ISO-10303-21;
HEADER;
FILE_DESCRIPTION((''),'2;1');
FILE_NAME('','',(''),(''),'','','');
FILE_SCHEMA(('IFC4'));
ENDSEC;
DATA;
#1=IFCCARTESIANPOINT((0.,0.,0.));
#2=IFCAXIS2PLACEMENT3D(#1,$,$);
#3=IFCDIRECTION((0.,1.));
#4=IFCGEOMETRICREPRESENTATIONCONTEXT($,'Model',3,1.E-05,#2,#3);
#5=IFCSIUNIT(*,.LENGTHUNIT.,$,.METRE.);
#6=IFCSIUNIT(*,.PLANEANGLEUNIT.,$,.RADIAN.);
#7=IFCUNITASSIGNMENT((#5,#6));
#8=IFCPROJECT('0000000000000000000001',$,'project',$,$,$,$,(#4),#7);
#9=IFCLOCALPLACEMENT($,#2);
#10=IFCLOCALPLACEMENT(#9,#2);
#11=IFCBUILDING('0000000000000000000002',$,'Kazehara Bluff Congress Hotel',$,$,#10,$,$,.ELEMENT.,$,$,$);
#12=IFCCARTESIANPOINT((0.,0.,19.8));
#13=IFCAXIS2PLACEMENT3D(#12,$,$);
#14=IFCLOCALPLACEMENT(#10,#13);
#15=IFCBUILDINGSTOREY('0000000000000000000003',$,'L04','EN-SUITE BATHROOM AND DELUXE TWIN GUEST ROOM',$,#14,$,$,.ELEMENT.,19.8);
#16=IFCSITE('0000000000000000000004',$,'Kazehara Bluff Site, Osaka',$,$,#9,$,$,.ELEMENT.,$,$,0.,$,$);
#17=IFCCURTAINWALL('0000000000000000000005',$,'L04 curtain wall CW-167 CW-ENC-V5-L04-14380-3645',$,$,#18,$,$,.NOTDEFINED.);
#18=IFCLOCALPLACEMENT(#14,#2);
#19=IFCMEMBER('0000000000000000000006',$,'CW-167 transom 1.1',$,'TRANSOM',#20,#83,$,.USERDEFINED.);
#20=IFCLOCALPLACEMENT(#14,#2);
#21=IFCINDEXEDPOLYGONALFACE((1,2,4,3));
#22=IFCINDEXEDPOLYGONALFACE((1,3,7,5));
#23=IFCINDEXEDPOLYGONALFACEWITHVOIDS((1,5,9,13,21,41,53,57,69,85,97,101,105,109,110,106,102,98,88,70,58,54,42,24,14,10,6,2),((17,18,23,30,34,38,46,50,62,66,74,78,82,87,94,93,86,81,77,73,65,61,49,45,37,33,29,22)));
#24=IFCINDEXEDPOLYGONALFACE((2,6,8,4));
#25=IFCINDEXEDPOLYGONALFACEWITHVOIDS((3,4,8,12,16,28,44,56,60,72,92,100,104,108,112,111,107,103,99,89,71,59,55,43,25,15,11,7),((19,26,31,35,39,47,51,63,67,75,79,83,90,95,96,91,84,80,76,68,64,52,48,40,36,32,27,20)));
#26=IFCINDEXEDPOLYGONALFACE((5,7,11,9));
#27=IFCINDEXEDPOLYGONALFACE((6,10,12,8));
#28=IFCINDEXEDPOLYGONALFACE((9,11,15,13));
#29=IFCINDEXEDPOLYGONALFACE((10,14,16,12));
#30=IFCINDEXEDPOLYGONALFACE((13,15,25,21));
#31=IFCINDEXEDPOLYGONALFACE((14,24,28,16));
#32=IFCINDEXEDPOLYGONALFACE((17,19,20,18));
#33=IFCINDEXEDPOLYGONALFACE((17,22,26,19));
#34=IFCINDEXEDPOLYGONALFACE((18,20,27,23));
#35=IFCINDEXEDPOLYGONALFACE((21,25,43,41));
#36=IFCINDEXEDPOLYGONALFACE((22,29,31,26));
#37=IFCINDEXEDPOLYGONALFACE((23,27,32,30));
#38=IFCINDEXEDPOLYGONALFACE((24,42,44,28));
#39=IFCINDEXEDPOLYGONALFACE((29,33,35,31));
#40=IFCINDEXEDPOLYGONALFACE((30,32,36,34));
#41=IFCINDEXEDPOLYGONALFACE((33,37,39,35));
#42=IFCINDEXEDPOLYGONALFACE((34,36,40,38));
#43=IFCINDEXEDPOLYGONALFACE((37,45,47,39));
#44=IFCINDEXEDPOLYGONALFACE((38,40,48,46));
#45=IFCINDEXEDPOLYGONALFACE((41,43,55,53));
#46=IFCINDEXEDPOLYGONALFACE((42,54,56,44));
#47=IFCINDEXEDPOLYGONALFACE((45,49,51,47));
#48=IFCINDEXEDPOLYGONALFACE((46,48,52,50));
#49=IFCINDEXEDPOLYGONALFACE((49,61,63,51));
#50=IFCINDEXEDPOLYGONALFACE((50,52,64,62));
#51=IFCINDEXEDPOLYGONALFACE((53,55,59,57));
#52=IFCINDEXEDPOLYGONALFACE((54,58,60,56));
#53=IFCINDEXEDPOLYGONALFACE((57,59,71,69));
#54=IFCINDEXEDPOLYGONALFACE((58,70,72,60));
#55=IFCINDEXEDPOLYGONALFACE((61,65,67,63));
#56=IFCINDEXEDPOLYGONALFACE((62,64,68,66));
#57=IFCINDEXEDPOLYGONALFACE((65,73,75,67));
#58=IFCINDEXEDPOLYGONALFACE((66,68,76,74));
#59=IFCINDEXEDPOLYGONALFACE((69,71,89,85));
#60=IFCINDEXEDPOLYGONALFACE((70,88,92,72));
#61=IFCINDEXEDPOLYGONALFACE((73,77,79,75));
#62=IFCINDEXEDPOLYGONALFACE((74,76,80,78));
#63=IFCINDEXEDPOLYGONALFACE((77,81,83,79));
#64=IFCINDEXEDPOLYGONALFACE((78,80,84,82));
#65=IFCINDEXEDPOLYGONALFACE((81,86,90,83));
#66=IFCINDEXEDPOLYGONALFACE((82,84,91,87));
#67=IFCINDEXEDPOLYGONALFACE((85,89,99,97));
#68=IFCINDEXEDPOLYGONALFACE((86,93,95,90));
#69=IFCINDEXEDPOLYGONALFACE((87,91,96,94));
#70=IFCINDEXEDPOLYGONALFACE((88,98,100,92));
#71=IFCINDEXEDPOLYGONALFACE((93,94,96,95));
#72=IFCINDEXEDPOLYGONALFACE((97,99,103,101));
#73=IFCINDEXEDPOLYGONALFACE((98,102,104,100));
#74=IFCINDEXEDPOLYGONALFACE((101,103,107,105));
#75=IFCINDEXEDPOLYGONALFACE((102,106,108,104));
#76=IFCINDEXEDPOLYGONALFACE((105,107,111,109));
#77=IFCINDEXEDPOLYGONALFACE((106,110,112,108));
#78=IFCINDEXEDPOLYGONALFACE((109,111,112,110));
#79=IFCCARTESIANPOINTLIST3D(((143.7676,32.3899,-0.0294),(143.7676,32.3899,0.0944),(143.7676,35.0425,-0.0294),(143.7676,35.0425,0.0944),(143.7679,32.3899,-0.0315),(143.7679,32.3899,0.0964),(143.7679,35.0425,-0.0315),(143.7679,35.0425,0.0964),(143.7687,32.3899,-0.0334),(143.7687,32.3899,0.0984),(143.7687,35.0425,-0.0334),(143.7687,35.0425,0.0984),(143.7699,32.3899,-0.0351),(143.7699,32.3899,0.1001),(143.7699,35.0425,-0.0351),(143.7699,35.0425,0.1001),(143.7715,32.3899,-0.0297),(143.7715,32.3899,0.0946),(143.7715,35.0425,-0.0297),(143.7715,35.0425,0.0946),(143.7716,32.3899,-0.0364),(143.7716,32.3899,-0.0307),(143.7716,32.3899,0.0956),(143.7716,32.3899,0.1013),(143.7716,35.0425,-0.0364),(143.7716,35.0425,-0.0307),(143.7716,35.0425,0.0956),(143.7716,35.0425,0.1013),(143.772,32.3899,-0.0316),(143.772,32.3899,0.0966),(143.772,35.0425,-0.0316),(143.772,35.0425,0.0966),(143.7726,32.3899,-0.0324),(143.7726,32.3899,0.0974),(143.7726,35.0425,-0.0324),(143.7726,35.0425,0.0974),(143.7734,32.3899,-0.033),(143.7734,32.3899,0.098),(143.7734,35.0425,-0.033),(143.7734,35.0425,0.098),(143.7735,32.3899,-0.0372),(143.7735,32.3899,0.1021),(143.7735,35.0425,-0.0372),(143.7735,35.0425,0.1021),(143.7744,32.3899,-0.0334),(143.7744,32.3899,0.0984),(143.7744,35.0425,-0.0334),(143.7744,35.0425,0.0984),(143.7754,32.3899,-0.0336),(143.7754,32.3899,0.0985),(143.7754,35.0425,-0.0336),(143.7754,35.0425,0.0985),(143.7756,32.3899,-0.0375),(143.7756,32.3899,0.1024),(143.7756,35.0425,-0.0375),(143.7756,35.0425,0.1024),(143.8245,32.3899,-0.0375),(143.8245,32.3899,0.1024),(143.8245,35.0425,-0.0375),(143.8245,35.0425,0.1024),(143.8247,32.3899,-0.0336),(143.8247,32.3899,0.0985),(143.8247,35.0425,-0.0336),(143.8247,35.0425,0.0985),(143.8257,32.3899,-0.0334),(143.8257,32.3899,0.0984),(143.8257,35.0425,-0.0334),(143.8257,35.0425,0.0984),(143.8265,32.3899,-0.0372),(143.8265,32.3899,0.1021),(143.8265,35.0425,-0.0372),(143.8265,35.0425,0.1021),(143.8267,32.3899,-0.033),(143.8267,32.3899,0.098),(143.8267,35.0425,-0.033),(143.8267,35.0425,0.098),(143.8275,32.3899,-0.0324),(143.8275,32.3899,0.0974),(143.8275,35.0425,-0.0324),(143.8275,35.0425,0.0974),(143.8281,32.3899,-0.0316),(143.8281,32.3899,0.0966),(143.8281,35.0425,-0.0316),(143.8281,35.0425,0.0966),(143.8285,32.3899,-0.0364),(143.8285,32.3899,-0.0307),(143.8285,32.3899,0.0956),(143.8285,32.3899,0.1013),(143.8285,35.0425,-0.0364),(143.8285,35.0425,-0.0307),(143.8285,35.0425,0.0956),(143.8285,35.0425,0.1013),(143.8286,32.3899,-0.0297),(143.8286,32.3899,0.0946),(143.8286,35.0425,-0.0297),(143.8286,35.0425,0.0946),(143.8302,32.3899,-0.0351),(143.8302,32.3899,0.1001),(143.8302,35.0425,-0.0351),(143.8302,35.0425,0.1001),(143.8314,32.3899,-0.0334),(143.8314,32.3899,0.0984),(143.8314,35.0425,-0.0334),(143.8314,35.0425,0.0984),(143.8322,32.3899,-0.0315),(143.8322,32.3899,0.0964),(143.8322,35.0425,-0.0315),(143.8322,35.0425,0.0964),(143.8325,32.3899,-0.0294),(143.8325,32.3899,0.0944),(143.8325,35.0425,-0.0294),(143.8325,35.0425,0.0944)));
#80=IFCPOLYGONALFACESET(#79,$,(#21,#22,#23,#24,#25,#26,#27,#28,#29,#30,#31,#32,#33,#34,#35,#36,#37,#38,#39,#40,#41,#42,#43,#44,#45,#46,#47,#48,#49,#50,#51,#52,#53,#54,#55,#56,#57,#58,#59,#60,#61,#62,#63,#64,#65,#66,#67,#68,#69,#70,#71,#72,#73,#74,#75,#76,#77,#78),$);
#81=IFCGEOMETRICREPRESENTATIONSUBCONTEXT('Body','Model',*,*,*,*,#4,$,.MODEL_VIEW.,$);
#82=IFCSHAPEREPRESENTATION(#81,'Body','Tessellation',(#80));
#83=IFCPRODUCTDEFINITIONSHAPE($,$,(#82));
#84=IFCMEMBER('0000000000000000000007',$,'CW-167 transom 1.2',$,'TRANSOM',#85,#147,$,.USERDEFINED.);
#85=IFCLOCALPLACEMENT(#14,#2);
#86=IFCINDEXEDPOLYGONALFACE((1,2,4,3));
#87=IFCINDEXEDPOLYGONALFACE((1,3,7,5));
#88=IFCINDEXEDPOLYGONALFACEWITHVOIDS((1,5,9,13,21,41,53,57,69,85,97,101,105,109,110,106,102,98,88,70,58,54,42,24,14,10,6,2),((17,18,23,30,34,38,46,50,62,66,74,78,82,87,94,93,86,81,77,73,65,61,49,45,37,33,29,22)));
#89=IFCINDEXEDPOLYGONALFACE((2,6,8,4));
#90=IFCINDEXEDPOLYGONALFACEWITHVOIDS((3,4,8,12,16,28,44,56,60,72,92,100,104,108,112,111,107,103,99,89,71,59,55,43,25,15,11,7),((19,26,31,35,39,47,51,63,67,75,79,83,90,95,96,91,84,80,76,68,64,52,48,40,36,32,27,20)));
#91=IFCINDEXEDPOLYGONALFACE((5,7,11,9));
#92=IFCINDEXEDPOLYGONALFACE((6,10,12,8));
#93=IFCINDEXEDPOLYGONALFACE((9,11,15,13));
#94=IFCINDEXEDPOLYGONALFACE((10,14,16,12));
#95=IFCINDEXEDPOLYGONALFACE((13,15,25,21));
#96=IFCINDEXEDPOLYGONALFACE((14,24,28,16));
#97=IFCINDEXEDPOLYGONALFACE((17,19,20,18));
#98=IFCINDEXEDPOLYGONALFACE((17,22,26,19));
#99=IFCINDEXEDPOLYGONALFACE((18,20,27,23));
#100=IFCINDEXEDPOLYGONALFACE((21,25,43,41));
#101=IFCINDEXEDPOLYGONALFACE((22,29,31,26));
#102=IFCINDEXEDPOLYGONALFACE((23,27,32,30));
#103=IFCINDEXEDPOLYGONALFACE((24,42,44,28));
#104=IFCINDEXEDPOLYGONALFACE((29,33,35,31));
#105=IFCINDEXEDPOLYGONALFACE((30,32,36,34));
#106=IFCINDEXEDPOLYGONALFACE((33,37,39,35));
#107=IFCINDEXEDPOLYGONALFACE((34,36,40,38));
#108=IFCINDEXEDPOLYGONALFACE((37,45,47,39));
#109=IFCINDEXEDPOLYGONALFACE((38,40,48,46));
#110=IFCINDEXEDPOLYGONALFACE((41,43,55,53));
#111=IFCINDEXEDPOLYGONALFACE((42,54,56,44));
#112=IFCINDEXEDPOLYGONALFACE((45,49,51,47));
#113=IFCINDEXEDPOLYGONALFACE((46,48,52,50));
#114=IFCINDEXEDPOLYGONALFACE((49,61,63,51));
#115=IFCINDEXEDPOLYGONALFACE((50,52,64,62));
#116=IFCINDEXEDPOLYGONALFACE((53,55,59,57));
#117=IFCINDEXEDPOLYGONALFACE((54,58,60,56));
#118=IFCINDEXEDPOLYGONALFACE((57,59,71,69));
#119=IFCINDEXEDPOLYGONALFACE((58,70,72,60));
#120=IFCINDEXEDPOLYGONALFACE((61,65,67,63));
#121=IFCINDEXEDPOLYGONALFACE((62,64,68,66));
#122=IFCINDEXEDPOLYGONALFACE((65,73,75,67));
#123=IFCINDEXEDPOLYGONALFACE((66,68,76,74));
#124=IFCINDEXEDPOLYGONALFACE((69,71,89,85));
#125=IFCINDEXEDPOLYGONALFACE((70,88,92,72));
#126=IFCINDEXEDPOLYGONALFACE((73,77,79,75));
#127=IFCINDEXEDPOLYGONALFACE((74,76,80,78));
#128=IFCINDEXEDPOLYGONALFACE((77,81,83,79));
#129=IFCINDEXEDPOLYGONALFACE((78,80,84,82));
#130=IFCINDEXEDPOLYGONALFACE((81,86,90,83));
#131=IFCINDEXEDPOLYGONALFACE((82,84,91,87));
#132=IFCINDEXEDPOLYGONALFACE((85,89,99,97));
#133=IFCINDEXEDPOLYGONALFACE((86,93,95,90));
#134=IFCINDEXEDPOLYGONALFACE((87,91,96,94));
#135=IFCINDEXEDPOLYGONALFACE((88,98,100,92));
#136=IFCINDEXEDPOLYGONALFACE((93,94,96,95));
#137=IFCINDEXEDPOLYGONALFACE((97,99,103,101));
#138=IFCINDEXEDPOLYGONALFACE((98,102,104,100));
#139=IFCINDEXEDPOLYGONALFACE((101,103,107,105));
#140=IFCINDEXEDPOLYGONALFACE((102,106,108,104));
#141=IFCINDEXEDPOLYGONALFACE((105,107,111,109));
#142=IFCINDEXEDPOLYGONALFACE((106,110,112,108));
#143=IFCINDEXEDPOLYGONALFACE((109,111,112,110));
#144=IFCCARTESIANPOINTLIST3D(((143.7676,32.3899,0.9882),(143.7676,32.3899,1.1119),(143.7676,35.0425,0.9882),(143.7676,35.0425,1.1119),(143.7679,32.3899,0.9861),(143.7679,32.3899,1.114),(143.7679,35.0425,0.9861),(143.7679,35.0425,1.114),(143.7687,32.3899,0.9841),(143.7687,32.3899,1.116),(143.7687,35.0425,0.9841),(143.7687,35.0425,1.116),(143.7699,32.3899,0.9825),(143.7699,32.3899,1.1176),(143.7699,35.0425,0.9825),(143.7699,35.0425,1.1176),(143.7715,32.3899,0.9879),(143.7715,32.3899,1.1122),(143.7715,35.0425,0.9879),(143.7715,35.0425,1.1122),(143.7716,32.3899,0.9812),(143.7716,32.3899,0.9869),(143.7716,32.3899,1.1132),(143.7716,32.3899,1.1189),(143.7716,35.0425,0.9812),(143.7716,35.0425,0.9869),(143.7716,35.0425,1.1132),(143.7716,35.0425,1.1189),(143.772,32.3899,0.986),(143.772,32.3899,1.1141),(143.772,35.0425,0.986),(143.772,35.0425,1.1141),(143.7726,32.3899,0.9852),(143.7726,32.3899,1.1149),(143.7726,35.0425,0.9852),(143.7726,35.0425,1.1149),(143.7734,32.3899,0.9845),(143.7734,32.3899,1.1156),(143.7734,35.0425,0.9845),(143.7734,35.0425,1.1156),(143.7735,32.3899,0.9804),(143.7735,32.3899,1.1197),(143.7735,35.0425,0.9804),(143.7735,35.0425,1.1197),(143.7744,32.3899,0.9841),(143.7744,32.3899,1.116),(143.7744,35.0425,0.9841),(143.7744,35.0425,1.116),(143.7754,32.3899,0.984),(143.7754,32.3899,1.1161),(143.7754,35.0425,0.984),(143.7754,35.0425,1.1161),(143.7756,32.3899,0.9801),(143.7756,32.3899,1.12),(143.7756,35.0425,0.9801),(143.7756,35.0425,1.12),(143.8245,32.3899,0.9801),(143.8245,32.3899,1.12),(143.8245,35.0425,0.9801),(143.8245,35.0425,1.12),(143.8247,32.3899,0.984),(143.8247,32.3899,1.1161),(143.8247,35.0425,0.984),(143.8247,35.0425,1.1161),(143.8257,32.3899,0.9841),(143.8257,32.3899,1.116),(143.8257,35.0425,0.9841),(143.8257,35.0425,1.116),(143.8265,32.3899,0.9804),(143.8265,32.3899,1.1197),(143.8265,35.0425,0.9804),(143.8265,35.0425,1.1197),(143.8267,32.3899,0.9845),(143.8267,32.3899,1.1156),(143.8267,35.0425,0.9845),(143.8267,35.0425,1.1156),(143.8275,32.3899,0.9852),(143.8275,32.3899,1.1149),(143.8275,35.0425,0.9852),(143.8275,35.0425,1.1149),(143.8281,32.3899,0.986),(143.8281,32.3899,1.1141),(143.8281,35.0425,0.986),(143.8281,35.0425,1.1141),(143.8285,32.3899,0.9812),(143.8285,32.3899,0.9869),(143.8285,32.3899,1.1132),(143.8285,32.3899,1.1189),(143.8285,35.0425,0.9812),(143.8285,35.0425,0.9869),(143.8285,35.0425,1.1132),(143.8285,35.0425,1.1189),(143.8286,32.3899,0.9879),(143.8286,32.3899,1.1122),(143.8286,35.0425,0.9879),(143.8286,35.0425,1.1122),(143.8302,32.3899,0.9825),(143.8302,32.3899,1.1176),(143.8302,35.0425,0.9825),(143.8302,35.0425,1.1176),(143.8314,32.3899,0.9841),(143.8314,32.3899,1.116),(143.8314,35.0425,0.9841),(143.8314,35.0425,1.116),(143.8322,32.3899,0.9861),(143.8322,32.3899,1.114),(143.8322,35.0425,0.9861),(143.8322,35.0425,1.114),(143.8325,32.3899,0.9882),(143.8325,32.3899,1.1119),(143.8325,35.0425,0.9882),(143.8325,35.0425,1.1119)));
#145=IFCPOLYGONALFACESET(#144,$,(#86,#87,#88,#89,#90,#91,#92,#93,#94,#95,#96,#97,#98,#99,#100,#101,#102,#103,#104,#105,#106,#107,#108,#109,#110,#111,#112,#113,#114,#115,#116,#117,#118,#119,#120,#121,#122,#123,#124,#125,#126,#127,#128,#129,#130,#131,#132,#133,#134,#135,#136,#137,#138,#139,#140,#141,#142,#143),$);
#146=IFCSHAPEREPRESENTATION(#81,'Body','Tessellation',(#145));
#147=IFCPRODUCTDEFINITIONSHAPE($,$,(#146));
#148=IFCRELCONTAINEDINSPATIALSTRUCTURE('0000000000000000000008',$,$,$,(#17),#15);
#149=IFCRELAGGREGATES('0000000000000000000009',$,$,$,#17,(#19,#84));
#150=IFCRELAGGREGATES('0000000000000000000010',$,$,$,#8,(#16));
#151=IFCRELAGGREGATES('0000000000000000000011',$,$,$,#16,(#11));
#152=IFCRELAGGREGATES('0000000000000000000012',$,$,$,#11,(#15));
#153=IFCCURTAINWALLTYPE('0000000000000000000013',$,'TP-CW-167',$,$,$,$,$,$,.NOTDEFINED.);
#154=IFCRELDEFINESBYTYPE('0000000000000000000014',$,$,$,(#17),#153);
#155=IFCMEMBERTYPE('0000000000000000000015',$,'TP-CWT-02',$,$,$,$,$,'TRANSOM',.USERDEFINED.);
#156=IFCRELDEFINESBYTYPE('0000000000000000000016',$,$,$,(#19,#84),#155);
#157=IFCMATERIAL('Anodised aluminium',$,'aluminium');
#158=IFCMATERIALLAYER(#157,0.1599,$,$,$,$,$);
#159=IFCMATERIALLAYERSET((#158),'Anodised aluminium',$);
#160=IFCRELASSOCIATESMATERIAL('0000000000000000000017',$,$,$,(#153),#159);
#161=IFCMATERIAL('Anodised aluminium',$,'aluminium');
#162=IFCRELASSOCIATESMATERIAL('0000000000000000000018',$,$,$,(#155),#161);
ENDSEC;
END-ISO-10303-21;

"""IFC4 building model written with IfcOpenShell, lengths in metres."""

from ifc_helpers import new_model, si_unit, direction, frame, origin, origin_2d, place, context, subcontext, project, spatial, hollow_rectangle, extrude, material, layer, layer_set, material_profile, profile_set, type_object, element, aggregate, save


model = new_model("IFC4")

# Units and contexts
model_context = context("Model", 3, precision=1e-05, world=origin(), true_north=direction((0.0, 1.0)))
body_context = subcontext(model_context, "Body", "Model", "MODEL_VIEW")
ifc_project = project(units=[si_unit("LENGTHUNIT", "METRE"), si_unit("PLANEANGLEUNIT", "RADIAN")], contexts=[model_context])

# Site, building, storey
site_placement = place(None, origin())
site = spatial("IfcSite", under=ifc_project, at=site_placement, Name="Kazehara Bluff Site, Osaka", CompositionType="ELEMENT", RefElevation=0.0)
building_placement = place(site_placement, origin())
building = spatial("IfcBuilding", under=site, at=building_placement, Name="Kazehara Bluff Congress Hotel", CompositionType="ELEMENT")
storey_placement = place(building_placement, frame((0.0, 0.0, 19.8)))
storey = spatial("IfcBuildingStorey", under=building, at=storey_placement, Name="L04", Description="EN-SUITE BATHROOM AND DELUXE TWIN GUEST ROOM", CompositionType="ELEMENT", Elevation=19.8)

# Curtain wall
ifc_material_1 = material(Name="Anodised aluminium", Category="aluminium")
ifc_layer_1 = layer(ifc_material_1, 0.1599)
ifc_layer_set_1 = layer_set([ifc_layer_1], Name="Anodised aluminium")
curtain_wall_type_1 = type_object("IfcCurtainWallType", Name="TP-CW-167", PredefinedType="NOTDEFINED", material=ifc_layer_set_1)
curtain_wall_1_placement = place(storey_placement, origin())
curtain_wall_1 = element("IfcCurtainWall", 1, at=curtain_wall_1_placement, inside=storey, type_object=curtain_wall_type_1, Name="L04 curtain wall CW-167 CW-ENC-V5-L04-14380-3645", PredefinedType="NOTDEFINED")

# Members
ifc_material_2 = material(Name="Anodised aluminium", Category="aluminium")
ifc_material_profile_1 = material_profile(ifc_material_2, hollow_rectangle(XDim=0.0649, YDim=0.1399, WallThickness=0.0039, InnerFilletRadius=0.0039, OuterFilletRadius=0.0081, at=origin_2d()))
ifc_profile_set_1 = profile_set([ifc_material_profile_1], Name="Anodised aluminium")
member_type_1 = type_object("IfcMemberType", Name="TP-CWT-02", ElementType="TRANSOM", PredefinedType="USERDEFINED", material=ifc_profile_set_1)
member_1_placement = place(storey_placement, frame((143.8, 32.3899, 0.0325), z_axis=(0.0, 1.0, 0.0), x_axis=(-1.0, 0.0, 0.0)))
member_1 = element("IfcMember", 2, at=member_1_placement, type_object=member_type_1, Name="CW-167 transom 1.1", ObjectType="TRANSOM", PredefinedType="USERDEFINED", context=body_context, shape_type="SweptSolid", body=[
    extrude(hollow_rectangle(XDim=0.0649, YDim=0.1399, WallThickness=0.0039, InnerFilletRadius=0.0039, OuterFilletRadius=0.0081, at=origin_2d()), origin(), (0.0, 0.0, 1.0), 2.6526),
])
member_2_placement = place(storey_placement, frame((143.8, 32.3899, 1.05), z_axis=(0.0, 1.0, 0.0), x_axis=(-1.0, 0.0, 0.0)))
member_2 = element("IfcMember", 3, at=member_2_placement, type_object=member_type_1, Name="CW-167 transom 1.2", ObjectType="TRANSOM", PredefinedType="USERDEFINED", context=body_context, shape_type="SweptSolid", body=[
    extrude(hollow_rectangle(XDim=0.0649, YDim=0.1399, WallThickness=0.0039, InnerFilletRadius=0.0039, OuterFilletRadius=0.0081, at=origin_2d()), origin(), (0.0, 0.0, 1.0), 2.6526),
])

aggregate(curtain_wall_1, [member_1, member_2])

save(model, "model.ifc")
